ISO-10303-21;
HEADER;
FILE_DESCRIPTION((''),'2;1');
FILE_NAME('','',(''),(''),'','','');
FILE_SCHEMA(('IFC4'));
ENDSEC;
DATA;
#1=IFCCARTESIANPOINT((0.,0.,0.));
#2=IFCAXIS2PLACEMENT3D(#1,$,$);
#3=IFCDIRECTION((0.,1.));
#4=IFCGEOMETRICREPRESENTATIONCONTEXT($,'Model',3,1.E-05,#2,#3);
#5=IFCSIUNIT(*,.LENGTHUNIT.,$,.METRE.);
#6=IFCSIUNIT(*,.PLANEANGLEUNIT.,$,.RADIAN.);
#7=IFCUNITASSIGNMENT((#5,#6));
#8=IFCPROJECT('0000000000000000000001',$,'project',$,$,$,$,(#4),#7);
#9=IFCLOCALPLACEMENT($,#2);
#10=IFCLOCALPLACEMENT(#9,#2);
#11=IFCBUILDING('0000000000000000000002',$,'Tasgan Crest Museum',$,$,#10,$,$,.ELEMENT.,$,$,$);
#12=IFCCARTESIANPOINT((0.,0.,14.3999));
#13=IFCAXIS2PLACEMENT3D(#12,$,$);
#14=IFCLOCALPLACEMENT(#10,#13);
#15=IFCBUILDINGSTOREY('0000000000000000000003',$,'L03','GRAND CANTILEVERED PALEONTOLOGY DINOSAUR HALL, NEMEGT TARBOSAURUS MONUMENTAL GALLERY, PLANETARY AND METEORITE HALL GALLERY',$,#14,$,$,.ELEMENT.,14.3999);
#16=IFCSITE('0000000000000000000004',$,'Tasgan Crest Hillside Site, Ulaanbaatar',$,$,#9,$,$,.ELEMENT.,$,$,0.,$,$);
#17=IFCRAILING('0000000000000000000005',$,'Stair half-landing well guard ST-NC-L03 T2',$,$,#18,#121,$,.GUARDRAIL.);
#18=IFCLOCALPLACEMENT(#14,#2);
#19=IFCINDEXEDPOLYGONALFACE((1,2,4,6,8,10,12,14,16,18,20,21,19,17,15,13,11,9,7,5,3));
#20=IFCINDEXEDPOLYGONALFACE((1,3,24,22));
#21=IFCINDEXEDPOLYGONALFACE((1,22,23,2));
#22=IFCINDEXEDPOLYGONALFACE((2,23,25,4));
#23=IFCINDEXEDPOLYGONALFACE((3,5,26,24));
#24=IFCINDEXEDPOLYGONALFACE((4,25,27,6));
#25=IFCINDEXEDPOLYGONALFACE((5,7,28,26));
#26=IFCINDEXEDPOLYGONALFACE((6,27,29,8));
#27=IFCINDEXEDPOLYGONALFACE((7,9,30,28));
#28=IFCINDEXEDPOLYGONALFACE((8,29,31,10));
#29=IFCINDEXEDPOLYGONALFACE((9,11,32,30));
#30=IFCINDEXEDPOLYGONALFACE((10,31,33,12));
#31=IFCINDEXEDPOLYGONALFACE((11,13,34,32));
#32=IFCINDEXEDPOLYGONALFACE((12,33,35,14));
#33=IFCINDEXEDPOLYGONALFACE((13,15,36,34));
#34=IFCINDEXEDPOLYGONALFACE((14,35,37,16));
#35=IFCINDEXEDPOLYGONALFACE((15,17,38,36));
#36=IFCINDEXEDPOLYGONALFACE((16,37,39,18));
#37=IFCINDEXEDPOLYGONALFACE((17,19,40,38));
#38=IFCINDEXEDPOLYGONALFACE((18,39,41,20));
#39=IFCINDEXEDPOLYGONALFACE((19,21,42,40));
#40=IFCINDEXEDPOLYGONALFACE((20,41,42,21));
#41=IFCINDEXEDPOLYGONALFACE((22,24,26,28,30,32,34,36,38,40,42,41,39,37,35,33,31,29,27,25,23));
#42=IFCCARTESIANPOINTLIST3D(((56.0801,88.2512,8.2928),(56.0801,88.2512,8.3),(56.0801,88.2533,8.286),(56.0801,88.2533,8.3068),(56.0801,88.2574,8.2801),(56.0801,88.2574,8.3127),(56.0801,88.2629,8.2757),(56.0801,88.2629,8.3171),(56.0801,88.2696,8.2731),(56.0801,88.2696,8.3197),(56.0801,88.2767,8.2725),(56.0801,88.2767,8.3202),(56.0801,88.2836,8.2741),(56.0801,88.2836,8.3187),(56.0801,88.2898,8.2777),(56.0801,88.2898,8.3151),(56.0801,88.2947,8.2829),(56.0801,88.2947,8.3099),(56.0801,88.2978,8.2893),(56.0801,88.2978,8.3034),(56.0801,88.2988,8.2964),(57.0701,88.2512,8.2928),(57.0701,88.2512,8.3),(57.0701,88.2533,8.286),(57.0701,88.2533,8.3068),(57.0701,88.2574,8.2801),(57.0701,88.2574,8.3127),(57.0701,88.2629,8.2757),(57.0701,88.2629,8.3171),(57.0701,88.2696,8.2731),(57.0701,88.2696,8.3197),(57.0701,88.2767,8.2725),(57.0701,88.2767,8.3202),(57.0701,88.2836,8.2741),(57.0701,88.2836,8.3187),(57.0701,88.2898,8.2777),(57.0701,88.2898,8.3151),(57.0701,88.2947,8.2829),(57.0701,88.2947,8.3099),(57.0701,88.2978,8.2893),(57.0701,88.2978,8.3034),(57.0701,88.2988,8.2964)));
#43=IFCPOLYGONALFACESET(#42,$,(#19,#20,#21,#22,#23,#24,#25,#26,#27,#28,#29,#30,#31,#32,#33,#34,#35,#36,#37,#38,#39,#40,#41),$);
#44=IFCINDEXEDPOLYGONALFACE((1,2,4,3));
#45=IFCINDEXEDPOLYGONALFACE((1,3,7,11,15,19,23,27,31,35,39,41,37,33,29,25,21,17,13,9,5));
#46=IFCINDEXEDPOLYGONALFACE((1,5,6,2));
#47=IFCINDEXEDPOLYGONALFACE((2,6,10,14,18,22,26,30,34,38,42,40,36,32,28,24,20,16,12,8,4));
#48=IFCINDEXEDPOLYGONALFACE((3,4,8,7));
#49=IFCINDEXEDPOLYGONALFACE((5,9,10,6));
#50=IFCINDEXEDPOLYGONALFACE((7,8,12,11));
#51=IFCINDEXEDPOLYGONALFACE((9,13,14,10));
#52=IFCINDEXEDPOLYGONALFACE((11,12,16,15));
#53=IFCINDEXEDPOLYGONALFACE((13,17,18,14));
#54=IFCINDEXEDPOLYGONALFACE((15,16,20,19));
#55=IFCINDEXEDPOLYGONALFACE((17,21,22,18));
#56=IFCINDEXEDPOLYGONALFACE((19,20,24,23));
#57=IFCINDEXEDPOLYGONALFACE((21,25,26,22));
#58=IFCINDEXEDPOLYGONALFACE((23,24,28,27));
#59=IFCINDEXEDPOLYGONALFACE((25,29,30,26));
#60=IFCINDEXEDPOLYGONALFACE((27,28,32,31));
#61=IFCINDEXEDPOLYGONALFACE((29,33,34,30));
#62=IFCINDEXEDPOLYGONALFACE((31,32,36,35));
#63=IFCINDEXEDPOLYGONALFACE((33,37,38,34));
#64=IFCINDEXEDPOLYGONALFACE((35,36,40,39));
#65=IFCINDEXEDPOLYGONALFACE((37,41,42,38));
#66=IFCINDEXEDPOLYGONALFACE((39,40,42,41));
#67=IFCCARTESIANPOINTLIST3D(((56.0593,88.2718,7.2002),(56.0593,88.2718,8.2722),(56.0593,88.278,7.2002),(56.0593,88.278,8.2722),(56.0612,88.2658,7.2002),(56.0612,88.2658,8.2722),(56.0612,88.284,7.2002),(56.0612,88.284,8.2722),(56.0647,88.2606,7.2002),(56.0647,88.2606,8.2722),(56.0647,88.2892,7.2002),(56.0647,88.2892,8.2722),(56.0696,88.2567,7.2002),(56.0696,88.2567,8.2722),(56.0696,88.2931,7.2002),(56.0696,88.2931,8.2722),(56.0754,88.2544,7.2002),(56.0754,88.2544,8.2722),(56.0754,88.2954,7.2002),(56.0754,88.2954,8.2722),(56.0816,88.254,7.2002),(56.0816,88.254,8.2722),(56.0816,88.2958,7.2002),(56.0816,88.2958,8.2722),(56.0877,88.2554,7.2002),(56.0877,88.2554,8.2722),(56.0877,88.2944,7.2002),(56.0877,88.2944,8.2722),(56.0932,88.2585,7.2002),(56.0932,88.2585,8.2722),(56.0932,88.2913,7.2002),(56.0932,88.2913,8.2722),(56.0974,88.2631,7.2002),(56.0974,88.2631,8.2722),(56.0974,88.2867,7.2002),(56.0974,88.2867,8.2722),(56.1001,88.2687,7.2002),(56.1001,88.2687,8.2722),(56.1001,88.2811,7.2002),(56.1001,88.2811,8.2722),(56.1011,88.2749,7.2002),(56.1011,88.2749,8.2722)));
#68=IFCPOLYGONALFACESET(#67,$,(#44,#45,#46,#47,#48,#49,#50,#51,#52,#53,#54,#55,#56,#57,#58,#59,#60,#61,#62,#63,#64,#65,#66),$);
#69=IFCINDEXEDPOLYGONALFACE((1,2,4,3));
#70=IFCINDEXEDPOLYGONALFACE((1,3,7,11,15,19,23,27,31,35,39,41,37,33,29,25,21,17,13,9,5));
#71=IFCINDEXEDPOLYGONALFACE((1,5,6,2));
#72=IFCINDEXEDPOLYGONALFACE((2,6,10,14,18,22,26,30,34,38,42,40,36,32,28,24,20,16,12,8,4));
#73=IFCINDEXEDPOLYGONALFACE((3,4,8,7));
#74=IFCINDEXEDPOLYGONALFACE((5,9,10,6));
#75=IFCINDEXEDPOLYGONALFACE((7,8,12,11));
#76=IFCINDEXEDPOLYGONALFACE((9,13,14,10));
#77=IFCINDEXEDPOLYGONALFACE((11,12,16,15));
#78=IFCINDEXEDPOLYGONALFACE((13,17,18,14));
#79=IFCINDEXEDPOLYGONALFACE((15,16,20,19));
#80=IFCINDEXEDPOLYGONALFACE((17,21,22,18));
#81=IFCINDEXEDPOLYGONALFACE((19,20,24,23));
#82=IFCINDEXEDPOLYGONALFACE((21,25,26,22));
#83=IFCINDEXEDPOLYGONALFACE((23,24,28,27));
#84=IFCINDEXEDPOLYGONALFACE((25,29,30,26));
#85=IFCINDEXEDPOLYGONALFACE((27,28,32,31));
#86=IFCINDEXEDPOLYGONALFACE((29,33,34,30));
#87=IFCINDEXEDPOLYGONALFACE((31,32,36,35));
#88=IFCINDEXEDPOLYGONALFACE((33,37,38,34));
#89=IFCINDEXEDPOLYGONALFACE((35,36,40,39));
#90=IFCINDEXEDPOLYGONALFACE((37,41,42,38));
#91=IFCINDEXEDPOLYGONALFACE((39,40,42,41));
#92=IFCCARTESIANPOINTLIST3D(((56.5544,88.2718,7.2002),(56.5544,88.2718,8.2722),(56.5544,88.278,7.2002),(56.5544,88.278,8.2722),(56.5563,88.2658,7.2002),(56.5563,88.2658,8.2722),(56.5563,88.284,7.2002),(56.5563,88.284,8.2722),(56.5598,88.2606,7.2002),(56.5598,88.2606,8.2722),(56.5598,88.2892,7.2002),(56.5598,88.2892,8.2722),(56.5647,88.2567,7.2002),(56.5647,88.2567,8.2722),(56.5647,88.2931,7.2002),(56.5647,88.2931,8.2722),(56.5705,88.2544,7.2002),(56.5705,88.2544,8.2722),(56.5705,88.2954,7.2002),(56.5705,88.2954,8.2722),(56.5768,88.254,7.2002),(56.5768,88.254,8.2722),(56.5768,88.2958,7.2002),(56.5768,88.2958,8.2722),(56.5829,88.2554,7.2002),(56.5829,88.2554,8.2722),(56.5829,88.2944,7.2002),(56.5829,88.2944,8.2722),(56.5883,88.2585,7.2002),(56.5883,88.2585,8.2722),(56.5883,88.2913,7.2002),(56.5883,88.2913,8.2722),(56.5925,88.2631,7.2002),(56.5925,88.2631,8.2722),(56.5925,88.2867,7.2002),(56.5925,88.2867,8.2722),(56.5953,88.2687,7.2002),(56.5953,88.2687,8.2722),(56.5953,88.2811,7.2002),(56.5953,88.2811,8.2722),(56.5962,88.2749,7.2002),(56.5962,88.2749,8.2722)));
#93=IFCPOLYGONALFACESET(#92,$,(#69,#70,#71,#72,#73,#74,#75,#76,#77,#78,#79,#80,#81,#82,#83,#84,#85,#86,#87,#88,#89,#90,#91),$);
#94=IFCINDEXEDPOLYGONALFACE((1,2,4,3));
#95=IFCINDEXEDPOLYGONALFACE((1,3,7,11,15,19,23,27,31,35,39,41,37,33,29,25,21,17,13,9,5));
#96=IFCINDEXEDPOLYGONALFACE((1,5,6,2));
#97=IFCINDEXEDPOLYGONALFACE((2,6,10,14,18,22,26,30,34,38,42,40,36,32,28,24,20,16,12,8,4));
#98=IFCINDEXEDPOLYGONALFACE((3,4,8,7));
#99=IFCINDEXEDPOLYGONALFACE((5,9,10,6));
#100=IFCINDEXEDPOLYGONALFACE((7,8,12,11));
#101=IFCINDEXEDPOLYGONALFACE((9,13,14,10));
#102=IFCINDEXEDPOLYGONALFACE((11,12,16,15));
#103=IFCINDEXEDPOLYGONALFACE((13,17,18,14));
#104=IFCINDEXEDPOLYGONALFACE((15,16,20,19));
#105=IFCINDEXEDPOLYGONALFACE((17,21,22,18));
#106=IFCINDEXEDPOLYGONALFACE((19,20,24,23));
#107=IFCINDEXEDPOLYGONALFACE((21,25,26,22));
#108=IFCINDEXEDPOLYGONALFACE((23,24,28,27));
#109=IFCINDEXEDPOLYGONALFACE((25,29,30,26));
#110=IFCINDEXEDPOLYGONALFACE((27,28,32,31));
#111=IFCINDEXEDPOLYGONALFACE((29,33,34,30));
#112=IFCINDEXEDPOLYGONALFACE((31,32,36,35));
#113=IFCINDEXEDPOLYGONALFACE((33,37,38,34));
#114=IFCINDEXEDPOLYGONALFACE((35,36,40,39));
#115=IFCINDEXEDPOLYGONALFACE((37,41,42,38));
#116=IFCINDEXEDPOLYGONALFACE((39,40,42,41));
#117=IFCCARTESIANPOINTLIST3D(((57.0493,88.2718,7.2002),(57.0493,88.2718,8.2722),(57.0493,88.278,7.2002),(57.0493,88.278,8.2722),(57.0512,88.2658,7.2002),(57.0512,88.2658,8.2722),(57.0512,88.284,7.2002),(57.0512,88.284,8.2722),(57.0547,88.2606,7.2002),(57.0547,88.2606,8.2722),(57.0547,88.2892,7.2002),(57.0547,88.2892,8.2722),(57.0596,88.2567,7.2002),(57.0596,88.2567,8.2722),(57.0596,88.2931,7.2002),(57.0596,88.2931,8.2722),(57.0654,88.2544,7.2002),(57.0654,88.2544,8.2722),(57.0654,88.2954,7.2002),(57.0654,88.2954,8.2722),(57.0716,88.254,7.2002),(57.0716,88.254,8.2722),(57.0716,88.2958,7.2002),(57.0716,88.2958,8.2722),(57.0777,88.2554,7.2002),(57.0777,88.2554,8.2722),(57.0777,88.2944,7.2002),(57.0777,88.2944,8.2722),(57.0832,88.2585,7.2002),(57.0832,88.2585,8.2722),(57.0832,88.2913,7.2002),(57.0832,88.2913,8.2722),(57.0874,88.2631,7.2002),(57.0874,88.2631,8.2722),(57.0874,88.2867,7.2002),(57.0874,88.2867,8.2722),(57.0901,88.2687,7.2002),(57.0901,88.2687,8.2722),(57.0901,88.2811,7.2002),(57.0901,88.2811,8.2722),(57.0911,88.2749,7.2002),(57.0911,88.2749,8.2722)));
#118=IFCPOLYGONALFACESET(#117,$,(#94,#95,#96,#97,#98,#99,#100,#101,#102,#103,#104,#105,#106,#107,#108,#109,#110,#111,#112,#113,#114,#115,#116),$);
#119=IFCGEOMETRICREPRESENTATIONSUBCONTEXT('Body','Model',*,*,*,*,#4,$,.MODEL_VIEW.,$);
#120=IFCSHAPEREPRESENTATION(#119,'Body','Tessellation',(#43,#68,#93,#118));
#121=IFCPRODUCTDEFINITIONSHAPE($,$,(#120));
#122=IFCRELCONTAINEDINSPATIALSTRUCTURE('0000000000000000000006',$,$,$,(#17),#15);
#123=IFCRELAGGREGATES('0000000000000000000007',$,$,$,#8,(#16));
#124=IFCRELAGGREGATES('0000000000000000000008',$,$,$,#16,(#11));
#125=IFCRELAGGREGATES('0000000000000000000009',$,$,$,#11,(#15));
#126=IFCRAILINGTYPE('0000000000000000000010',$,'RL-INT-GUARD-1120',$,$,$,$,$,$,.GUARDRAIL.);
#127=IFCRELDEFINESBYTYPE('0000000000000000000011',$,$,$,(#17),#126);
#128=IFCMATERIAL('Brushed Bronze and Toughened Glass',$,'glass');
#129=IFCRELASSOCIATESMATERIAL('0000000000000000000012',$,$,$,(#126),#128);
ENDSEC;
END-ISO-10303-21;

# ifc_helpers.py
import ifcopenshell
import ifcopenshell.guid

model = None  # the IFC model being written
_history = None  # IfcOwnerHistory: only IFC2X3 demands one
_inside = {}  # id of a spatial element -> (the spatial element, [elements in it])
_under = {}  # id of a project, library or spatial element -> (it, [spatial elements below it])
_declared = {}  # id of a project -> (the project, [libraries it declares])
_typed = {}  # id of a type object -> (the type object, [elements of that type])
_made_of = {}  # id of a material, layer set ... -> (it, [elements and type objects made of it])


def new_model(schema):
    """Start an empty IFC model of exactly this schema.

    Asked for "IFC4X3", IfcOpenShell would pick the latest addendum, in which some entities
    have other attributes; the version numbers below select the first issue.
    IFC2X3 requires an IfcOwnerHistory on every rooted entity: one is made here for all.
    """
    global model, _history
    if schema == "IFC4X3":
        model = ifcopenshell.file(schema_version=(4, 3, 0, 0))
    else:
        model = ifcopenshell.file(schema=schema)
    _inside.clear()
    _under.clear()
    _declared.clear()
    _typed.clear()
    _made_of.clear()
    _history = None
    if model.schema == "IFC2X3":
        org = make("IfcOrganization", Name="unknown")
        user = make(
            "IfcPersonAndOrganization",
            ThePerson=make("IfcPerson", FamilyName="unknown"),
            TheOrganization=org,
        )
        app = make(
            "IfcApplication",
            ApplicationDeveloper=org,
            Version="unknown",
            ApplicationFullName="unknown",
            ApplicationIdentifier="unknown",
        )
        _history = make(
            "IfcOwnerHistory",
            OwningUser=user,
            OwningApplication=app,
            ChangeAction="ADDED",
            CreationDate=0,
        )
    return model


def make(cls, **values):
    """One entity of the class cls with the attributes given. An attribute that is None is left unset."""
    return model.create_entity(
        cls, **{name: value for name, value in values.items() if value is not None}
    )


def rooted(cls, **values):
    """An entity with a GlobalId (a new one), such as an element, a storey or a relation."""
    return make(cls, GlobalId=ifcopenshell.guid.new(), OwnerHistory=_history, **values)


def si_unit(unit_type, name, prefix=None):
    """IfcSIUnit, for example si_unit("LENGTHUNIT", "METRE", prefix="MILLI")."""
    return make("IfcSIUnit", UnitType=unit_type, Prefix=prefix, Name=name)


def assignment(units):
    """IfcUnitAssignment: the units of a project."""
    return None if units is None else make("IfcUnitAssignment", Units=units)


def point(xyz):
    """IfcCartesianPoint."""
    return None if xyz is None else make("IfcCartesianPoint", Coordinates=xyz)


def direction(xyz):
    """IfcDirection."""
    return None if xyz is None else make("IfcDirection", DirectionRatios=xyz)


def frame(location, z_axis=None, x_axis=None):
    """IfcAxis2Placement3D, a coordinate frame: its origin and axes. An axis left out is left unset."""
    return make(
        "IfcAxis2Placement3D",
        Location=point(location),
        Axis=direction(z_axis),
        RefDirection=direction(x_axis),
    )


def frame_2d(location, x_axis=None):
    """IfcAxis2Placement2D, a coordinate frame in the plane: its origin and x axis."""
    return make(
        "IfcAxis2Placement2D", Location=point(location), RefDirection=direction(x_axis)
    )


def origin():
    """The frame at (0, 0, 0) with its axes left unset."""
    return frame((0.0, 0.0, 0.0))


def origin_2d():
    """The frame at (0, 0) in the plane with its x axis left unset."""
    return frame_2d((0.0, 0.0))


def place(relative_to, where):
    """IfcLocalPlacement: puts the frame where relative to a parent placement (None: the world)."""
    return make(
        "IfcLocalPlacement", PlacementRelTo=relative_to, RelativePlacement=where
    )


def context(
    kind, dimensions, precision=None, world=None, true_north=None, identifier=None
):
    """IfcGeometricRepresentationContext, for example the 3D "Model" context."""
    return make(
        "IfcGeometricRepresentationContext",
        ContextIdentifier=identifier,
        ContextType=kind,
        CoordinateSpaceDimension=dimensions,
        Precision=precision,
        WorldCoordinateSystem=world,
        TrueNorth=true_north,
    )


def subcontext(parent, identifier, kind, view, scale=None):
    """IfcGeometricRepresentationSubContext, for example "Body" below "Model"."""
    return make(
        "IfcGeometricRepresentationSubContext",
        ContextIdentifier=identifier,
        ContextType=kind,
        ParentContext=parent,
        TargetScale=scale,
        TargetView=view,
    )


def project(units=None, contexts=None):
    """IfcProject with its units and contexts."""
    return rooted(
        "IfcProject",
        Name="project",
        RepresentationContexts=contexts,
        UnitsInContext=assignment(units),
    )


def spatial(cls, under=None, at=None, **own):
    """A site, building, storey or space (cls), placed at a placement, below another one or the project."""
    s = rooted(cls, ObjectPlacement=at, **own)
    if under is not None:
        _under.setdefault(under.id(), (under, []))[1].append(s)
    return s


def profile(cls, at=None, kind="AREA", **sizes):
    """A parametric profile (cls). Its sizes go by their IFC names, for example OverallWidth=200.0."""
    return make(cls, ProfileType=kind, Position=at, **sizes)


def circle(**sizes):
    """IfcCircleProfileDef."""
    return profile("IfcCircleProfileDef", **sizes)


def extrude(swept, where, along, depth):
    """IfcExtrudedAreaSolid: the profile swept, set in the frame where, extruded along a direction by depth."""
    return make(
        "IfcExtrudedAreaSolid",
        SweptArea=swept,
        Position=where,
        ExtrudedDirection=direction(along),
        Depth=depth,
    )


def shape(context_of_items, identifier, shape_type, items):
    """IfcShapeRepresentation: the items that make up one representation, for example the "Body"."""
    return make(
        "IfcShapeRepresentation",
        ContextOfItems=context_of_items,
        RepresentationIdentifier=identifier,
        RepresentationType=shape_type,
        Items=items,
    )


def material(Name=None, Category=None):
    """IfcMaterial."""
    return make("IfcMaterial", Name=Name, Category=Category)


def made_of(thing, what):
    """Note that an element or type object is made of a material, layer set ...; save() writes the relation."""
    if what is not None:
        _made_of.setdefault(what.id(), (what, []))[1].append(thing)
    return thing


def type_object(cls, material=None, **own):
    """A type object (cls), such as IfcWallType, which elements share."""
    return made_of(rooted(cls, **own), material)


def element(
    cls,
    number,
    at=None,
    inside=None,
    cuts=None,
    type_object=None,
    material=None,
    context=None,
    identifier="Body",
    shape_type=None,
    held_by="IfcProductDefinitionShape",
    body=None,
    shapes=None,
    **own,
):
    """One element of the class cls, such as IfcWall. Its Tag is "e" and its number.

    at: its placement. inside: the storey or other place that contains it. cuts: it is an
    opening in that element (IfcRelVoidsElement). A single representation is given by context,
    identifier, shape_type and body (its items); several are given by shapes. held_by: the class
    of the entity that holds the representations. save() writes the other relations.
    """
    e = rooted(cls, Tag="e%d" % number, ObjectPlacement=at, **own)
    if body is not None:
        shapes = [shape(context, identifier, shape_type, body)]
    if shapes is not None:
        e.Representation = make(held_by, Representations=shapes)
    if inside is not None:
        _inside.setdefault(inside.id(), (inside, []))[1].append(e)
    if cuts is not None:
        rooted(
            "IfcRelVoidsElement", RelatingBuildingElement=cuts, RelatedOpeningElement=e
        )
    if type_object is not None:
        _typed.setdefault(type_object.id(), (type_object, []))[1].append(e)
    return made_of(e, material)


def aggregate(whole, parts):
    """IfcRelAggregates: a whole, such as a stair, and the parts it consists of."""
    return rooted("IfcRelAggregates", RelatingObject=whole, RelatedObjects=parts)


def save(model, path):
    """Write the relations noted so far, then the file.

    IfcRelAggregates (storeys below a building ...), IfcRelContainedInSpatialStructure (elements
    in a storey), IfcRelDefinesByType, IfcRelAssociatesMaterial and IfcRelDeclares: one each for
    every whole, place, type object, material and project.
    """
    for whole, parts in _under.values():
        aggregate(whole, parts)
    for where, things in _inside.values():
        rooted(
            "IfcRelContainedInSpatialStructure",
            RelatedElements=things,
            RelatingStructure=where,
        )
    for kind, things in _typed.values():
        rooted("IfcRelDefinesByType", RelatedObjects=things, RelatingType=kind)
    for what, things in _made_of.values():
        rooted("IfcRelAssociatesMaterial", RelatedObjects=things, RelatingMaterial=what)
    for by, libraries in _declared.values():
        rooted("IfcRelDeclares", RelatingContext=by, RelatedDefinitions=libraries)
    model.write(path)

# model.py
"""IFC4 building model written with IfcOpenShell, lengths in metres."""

from ifc_helpers import new_model, si_unit, direction, frame, origin, origin_2d, place, context, subcontext, project, spatial, circle, extrude, material, type_object, element, save


model = new_model("IFC4")

# Units and contexts
model_context = context("Model", 3, precision=1e-05, world=origin(), true_north=direction((0.0, 1.0)))
body_context = subcontext(model_context, "Body", "Model", "MODEL_VIEW")
ifc_project = project(units=[si_unit("LENGTHUNIT", "METRE"), si_unit("PLANEANGLEUNIT", "RADIAN")], contexts=[model_context])

# Site, building, storey
site_placement = place(None, origin())
site = spatial("IfcSite", under=ifc_project, at=site_placement, Name="Tasgan Crest Hillside Site, Ulaanbaatar", CompositionType="ELEMENT", RefElevation=0.0)
building_placement = place(site_placement, origin())
building = spatial("IfcBuilding", under=site, at=building_placement, Name="Tasgan Crest Museum", CompositionType="ELEMENT")
storey_placement = place(building_placement, frame((0.0, 0.0, 14.3999)))
storey = spatial("IfcBuildingStorey", under=building, at=storey_placement, Name="L03", Description="GRAND CANTILEVERED PALEONTOLOGY DINOSAUR HALL, NEMEGT TARBOSAURUS MONUMENTAL GALLERY, PLANETARY AND METEORITE HALL GALLERY", CompositionType="ELEMENT", Elevation=14.3999)

# Railing
ifc_material_1 = material(Name="Brushed Bronze and Toughened Glass", Category="glass")
railing_type_1 = type_object("IfcRailingType", Name="RL-INT-GUARD-1120", PredefinedType="GUARDRAIL", material=ifc_material_1)
railing_1_placement = place(storey_placement, frame((56.0801, 88.2749, 7.2002)))
element("IfcRailing", 1, at=railing_1_placement, inside=storey, type_object=railing_type_1, Name="Stair half-landing well guard ST-NC-L03 T2", PredefinedType="GUARDRAIL", context=body_context, shape_type="SweptSolid", body=[
    extrude(circle(Radius=0.0239, at=origin_2d()), frame((0.0, 0.0, 1.0962), z_axis=(1.0, 0.0, 0.0), x_axis=(0.0, 1.0, 0.0)), (0.0, 0.0, 1.0), 0.99),
    extrude(circle(Radius=0.021, at=origin_2d()), origin(), (0.0, 0.0, 1.0), 1.072),
    extrude(circle(Radius=0.021, at=origin_2d()), frame((0.4951, 0.0, 0.0)), (0.0, 0.0, 1.0), 1.072),
    extrude(circle(Radius=0.021, at=origin_2d()), frame((0.99, 0.0, 0.0)), (0.0, 0.0, 1.0), 1.072),
])

save(model, "model.ifc")
